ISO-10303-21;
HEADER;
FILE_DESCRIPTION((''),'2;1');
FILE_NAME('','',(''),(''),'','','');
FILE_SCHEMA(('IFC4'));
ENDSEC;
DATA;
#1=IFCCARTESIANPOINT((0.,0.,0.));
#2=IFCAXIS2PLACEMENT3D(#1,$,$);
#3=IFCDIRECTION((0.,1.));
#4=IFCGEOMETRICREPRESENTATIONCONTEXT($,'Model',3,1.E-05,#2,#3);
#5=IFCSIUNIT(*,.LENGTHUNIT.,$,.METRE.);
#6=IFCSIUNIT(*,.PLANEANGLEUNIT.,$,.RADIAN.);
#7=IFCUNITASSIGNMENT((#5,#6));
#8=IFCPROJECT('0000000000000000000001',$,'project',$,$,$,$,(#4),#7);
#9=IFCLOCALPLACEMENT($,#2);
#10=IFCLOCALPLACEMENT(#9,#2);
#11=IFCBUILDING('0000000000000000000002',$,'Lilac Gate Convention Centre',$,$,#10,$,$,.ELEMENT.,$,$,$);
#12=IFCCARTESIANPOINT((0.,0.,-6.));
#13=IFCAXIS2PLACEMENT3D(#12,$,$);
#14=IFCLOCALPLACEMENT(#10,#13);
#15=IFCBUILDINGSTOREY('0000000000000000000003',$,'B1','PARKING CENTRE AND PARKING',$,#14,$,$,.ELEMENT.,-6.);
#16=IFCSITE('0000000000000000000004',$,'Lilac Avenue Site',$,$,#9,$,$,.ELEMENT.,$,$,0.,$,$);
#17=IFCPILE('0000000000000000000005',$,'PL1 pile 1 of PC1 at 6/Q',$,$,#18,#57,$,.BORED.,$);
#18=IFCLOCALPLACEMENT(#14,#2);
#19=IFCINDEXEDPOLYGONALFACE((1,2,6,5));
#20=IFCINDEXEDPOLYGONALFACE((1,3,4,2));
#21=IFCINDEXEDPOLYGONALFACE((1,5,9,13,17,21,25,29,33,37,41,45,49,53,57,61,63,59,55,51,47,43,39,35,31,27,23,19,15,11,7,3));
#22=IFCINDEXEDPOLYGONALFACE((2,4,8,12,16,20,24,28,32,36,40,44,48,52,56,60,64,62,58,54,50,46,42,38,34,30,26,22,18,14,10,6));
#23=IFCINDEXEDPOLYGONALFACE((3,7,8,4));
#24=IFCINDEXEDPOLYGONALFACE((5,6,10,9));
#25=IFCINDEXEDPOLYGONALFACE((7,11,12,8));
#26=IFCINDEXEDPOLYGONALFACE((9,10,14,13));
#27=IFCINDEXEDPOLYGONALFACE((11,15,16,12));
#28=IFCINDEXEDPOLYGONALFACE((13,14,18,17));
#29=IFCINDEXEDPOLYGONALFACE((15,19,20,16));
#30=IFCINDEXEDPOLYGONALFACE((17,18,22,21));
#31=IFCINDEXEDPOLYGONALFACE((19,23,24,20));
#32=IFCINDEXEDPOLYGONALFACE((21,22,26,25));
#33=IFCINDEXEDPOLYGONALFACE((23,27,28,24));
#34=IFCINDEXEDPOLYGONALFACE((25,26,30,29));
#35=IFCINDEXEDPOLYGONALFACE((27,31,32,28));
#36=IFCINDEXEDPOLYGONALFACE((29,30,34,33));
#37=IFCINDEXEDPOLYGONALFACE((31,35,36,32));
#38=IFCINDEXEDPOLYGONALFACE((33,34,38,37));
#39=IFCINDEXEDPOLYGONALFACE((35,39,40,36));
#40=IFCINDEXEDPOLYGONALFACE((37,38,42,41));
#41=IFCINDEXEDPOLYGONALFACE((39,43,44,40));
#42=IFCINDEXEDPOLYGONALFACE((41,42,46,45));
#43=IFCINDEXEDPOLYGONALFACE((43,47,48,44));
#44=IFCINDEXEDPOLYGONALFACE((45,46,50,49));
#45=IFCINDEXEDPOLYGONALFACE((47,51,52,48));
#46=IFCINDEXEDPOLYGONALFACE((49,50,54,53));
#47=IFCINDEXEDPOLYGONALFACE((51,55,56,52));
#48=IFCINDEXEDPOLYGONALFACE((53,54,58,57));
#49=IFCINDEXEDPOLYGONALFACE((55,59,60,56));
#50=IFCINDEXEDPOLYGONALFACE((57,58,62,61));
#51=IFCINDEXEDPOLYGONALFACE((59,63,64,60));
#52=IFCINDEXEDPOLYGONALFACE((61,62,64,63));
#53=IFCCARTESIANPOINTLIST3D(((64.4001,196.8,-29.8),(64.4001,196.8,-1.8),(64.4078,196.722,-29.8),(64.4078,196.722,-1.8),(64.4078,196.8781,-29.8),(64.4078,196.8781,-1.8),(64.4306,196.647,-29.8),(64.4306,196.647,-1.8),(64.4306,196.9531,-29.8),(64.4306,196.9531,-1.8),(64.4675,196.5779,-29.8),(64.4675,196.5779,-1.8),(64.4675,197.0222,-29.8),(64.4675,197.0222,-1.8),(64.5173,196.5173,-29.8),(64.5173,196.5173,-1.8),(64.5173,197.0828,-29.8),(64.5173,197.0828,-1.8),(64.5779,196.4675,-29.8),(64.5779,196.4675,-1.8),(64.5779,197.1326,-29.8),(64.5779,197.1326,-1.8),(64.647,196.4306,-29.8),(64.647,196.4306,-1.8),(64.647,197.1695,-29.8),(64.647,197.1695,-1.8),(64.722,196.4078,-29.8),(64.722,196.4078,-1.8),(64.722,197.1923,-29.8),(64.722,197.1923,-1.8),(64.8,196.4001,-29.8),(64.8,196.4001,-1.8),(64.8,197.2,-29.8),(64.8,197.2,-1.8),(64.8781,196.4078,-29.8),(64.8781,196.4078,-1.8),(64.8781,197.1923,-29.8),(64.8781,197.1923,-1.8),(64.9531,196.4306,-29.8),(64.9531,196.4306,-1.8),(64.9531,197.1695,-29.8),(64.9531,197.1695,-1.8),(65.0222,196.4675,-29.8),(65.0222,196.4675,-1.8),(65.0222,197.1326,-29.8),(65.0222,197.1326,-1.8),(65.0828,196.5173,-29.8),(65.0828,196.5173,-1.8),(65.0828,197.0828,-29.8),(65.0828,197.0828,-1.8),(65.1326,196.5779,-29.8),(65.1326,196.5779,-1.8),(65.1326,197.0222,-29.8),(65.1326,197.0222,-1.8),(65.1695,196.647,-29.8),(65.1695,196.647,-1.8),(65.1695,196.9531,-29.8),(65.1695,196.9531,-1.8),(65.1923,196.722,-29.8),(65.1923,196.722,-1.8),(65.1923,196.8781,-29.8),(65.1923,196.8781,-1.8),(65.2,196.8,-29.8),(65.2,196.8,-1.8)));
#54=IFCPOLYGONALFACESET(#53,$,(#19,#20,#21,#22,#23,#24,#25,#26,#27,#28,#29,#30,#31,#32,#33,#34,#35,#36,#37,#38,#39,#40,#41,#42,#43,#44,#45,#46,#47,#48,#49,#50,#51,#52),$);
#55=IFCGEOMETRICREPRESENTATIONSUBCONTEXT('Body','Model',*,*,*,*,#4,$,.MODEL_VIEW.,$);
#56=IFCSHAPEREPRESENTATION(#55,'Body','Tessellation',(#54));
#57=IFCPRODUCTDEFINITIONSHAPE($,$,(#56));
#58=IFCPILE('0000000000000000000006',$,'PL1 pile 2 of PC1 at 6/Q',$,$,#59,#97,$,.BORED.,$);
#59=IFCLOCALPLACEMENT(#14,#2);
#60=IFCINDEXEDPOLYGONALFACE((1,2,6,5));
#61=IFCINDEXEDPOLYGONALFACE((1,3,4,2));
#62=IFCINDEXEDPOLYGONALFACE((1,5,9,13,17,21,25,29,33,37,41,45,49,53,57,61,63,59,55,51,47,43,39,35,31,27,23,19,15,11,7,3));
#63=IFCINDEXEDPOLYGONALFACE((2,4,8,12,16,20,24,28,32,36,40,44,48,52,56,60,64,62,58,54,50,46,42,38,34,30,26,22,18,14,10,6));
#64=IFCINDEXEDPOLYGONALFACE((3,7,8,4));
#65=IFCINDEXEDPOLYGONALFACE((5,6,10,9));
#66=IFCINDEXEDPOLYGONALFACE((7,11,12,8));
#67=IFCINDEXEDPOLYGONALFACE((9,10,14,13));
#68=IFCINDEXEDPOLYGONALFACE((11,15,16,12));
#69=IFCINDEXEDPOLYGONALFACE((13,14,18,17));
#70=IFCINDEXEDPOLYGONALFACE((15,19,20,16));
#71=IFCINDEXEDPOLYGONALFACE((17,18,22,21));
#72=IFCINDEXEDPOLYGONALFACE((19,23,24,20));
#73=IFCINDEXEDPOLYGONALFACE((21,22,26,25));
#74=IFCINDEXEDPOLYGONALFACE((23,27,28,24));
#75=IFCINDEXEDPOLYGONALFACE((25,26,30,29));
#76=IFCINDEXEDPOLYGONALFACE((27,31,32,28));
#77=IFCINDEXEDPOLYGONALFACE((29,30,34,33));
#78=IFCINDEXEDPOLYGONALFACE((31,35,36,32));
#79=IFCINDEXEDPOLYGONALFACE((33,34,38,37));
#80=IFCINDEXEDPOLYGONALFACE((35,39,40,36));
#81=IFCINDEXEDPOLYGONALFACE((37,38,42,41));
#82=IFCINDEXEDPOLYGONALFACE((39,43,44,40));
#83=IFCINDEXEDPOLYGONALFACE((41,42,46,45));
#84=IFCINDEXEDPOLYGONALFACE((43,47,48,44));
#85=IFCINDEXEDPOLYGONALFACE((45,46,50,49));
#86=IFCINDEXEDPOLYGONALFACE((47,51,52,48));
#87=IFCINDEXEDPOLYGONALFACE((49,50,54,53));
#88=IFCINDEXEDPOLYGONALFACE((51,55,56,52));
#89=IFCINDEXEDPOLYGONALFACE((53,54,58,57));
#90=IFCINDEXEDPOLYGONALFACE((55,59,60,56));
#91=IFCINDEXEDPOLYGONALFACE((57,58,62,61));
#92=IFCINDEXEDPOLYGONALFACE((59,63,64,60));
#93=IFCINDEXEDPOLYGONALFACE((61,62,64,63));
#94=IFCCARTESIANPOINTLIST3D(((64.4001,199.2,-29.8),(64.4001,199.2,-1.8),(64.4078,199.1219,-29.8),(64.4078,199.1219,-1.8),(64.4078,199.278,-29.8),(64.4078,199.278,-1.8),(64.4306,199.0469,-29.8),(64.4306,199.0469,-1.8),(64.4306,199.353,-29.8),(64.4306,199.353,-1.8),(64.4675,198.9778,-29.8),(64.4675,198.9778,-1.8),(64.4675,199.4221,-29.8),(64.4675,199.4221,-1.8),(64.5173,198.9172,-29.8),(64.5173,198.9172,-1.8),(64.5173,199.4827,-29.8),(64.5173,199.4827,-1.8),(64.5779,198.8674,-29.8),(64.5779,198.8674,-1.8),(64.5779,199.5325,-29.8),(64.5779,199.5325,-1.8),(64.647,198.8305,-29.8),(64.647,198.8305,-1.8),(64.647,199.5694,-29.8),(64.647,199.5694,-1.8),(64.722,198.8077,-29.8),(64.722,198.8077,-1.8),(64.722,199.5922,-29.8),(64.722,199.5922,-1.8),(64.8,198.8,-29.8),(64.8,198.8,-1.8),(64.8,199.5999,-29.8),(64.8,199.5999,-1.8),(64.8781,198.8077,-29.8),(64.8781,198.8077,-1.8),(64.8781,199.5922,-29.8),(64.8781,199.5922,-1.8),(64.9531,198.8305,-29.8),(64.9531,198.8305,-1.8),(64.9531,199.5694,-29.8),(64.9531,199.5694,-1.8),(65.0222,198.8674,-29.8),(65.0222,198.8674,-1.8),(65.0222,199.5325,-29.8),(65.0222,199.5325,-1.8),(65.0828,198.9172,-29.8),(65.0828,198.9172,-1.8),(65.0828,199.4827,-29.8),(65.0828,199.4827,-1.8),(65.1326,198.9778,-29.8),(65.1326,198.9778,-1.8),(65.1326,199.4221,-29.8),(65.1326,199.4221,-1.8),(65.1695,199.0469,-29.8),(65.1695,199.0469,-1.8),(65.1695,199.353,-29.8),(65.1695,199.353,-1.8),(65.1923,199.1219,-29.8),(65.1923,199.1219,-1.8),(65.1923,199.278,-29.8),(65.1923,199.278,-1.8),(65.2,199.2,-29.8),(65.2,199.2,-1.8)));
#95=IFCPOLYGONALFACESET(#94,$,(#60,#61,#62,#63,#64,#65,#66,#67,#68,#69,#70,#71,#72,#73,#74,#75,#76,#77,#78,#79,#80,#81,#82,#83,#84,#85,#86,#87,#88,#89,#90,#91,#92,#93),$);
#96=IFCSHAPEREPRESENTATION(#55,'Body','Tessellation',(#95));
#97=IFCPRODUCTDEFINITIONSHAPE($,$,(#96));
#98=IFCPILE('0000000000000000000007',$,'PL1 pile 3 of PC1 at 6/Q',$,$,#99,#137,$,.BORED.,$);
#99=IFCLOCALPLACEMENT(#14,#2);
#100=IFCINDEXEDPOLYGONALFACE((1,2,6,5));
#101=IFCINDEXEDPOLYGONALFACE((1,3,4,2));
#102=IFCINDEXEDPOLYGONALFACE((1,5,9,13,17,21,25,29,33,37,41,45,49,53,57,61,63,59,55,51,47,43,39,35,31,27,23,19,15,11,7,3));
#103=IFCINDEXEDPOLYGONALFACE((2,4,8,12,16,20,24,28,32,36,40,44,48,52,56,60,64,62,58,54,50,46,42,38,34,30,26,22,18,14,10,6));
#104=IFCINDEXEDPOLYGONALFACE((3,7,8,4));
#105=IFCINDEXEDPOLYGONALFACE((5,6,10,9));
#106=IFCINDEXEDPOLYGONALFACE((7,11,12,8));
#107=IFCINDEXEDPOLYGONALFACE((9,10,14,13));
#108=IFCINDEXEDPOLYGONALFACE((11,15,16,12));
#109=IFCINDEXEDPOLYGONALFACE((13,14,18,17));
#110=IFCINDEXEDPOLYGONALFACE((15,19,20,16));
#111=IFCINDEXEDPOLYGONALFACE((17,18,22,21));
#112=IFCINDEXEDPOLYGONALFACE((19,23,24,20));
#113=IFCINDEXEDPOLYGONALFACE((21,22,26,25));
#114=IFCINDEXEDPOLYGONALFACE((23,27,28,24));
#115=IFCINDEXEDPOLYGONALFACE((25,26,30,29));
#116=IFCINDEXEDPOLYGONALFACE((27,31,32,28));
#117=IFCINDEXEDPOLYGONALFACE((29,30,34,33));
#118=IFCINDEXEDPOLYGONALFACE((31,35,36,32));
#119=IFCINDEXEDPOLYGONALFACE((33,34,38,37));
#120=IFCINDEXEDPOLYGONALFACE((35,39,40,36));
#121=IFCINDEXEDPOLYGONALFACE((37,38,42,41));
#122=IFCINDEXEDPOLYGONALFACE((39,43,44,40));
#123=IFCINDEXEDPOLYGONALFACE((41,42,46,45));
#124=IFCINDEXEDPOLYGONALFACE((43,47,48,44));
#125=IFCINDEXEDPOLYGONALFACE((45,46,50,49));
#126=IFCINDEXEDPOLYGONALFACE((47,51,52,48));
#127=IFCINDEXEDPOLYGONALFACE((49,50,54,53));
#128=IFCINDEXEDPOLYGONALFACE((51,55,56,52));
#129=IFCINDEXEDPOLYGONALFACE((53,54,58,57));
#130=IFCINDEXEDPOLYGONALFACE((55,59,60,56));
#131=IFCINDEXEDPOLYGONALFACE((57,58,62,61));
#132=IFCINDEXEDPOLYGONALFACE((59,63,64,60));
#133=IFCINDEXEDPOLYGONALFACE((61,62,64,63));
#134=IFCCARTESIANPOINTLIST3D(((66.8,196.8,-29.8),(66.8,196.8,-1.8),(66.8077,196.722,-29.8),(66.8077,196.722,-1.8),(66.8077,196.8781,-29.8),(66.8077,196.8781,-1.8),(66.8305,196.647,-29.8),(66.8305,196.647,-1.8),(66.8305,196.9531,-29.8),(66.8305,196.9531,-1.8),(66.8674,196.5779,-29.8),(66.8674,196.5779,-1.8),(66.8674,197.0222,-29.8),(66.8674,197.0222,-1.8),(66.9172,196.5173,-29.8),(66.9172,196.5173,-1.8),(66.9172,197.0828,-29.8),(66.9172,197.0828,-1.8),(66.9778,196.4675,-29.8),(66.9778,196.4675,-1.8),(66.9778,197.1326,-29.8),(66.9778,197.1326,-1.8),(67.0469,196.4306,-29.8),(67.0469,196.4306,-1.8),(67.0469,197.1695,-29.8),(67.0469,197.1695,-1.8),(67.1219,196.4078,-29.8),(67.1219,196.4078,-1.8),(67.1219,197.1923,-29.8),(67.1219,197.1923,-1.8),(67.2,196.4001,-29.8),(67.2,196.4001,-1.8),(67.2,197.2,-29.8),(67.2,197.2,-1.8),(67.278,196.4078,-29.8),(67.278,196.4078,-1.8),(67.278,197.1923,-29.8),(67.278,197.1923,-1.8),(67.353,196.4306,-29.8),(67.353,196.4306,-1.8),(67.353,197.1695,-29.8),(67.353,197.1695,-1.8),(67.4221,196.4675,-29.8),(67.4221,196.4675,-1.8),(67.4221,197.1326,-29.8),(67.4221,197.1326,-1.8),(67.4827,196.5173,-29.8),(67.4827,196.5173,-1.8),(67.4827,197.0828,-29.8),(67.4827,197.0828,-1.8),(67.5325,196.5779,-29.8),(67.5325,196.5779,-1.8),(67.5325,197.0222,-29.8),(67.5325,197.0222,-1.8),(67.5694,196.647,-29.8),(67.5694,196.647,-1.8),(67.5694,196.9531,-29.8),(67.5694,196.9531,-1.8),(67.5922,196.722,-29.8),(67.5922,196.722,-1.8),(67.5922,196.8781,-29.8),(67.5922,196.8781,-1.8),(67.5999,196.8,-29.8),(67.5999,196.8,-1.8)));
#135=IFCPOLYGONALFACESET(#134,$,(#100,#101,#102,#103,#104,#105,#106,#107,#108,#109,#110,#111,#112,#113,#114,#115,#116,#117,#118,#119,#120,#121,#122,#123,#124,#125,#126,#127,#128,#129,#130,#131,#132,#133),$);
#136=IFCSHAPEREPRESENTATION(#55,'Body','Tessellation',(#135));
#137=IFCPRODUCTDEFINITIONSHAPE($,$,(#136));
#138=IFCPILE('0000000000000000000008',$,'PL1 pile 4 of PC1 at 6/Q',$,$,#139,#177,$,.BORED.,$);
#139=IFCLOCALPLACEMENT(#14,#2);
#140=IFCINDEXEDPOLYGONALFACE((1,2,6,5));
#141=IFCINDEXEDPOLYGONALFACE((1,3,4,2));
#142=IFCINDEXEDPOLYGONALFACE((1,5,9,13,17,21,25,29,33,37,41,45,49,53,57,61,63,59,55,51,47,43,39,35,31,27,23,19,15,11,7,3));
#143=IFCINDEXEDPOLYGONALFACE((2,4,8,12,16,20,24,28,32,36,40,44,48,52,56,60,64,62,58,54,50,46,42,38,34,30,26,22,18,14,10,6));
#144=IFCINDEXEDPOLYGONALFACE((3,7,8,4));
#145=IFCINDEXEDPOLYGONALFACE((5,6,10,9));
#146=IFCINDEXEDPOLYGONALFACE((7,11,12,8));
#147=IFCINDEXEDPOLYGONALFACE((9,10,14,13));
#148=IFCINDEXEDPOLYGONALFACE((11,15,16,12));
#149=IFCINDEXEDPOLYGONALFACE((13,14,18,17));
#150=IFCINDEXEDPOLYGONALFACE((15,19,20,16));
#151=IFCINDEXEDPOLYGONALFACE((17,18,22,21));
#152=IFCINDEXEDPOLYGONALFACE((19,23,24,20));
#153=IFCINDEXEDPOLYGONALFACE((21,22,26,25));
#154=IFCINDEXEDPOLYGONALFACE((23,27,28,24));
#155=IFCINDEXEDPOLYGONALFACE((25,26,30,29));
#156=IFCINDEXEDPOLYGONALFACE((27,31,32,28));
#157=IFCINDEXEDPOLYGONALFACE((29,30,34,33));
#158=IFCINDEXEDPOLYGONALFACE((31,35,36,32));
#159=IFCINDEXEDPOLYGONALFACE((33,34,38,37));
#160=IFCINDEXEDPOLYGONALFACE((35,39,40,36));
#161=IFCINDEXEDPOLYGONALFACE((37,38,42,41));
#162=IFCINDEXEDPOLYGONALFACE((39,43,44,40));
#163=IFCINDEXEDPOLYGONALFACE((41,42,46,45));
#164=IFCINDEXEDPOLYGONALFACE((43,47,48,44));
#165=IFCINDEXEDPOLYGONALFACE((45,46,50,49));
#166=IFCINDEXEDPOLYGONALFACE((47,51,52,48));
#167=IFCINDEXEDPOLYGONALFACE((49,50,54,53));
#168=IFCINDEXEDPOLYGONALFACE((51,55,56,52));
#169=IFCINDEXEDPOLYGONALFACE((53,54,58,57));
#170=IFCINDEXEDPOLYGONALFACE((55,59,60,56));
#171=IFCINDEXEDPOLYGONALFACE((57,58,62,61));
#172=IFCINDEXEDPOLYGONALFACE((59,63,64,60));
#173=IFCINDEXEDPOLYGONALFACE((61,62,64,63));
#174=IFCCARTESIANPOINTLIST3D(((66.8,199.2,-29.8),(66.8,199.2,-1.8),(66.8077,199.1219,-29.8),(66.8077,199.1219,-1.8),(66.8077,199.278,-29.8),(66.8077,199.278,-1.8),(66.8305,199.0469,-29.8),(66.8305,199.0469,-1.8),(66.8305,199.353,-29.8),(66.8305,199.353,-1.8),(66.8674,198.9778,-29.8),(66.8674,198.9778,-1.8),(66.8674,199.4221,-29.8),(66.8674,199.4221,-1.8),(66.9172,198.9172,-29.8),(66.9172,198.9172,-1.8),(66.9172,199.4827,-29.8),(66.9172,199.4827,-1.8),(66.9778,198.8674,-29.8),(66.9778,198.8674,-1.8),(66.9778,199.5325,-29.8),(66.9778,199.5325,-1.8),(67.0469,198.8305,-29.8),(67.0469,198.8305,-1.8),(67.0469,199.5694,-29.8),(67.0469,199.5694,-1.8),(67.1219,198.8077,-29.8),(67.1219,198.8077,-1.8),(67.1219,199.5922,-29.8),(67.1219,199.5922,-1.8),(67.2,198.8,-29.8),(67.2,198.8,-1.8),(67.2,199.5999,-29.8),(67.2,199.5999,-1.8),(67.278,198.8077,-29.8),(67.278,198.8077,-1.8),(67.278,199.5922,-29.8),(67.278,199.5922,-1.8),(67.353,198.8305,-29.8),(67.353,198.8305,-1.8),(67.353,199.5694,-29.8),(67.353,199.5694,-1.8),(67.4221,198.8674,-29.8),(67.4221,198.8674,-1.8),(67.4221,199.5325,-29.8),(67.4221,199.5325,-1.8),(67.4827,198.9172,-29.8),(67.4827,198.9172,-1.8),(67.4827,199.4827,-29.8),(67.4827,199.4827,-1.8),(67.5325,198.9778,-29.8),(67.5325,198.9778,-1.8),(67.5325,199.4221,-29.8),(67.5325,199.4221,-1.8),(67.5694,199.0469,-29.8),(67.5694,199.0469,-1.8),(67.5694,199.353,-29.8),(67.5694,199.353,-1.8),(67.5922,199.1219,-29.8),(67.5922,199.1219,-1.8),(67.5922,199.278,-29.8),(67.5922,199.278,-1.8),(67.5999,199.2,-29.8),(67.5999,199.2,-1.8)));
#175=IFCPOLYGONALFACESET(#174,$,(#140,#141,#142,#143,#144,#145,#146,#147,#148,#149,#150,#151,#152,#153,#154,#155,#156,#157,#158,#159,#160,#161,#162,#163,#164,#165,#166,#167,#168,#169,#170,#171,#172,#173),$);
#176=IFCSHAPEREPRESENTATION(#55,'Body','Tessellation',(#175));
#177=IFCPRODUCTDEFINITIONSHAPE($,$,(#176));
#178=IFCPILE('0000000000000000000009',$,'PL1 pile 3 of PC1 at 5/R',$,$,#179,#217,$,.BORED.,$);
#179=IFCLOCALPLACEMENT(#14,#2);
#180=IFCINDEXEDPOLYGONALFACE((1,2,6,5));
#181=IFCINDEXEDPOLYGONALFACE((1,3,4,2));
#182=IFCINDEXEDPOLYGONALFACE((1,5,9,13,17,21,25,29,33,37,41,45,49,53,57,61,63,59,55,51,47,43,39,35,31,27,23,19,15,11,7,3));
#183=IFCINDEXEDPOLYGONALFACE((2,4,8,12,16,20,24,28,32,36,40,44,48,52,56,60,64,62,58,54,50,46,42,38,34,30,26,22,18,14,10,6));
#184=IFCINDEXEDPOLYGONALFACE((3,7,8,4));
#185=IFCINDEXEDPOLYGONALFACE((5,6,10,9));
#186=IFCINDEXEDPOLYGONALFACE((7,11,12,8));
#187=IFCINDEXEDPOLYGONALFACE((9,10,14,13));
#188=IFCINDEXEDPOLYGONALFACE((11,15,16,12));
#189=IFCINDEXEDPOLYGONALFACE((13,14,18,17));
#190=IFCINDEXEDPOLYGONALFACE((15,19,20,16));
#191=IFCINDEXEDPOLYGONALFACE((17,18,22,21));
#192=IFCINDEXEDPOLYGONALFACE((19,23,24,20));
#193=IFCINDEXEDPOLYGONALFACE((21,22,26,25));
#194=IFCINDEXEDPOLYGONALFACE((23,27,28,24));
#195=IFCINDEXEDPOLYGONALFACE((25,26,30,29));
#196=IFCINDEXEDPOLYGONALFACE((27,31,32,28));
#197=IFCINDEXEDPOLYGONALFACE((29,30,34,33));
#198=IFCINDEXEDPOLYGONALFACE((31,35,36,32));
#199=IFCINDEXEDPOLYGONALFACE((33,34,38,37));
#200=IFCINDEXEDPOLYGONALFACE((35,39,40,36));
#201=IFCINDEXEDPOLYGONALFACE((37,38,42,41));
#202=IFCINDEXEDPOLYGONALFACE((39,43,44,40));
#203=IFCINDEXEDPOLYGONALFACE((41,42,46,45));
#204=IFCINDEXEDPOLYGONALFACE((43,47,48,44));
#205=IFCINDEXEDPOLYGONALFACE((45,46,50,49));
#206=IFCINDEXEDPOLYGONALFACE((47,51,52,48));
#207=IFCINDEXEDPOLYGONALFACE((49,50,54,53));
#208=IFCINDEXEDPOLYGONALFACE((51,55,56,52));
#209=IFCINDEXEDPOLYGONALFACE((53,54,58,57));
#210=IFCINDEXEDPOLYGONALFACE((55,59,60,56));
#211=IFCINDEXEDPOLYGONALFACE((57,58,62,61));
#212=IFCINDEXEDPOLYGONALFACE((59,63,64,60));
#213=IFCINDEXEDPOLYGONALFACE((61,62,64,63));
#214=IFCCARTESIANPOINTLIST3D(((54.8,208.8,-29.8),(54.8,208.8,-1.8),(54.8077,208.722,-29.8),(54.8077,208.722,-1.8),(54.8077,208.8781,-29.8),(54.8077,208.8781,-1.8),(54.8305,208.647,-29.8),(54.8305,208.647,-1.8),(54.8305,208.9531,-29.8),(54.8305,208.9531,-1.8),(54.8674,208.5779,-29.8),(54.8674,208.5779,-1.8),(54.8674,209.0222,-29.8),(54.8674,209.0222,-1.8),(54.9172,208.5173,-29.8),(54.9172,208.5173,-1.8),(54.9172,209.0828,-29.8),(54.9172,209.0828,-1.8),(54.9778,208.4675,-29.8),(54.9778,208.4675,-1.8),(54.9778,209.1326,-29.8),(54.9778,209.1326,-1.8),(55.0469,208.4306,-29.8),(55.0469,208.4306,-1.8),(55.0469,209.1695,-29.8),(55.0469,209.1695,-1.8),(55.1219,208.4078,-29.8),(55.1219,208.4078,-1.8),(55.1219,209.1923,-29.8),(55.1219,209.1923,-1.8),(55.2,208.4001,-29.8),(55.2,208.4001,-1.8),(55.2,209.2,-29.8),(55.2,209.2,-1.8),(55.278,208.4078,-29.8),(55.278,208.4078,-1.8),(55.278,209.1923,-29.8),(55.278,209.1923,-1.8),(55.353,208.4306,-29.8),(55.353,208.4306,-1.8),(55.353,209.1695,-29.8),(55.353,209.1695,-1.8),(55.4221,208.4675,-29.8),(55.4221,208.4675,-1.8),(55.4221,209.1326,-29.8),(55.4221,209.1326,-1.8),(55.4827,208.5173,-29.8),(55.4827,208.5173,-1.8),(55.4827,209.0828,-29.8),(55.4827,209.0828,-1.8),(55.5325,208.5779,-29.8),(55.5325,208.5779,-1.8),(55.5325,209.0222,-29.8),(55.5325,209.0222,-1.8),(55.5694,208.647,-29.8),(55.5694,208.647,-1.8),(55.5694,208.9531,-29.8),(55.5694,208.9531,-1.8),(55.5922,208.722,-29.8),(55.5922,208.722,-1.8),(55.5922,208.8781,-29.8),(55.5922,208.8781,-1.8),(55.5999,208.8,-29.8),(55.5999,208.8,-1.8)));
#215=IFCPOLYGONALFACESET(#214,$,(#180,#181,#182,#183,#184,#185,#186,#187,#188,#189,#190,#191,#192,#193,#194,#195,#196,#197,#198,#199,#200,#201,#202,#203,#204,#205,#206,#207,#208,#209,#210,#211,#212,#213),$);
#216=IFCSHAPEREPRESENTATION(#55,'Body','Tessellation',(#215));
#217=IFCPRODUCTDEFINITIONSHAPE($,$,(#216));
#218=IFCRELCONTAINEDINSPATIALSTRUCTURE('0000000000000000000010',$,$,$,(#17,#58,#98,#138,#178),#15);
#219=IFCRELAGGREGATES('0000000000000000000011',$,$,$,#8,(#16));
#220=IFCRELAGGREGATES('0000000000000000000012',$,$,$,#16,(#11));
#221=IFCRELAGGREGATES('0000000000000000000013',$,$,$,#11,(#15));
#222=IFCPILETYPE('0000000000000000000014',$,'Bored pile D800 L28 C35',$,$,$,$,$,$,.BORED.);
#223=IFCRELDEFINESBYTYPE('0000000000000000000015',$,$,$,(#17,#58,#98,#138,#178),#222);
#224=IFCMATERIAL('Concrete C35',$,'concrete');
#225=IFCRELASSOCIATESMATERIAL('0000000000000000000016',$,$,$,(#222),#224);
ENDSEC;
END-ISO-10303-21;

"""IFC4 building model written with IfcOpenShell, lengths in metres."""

from ifc_helpers import new_model, si_unit, direction, frame, origin, origin_2d, place, context, subcontext, project, spatial, circle, extrude, material, material_profile, profile_set, type_object, element, save


model = new_model("IFC4")

# Units and contexts
model_context = context("Model", 3, precision=1e-05, world=origin(), true_north=direction((0.0, 1.0)))
body_context = subcontext(model_context, "Body", "Model", "MODEL_VIEW")
ifc_project = project(units=[si_unit("LENGTHUNIT", "METRE"), si_unit("PLANEANGLEUNIT", "RADIAN")], contexts=[model_context])

# Site, building, storey
site_placement = place(None, origin())
site = spatial("IfcSite", under=ifc_project, at=site_placement, Name="Lilac Avenue Site", CompositionType="ELEMENT", RefElevation=0.0)
building_placement = place(site_placement, origin())
building = spatial("IfcBuilding", under=site, at=building_placement, Name="Lilac Gate Convention Centre", CompositionType="ELEMENT")
storey_placement = place(building_placement, frame((0.0, 0.0, -6.0)))
storey = spatial("IfcBuildingStorey", under=building, at=storey_placement, Name="B1", Description="PARKING CENTRE AND PARKING", CompositionType="ELEMENT", Elevation=-6.0)

# Piles
ifc_material_1 = material(Name="Concrete C35", Category="concrete")
ifc_material_profile_1 = material_profile(ifc_material_1, circle(Radius=0.3999, at=origin_2d()), Name="D800")
ifc_profile_set_1 = profile_set([ifc_material_profile_1], Name="Concrete C35")
pile_type = type_object("IfcPileType", Name="Bored pile D800 L28 C35", PredefinedType="BORED", material=ifc_profile_set_1)
for number, where, z_axis, x_axis, name in (
    (1, (64.8, 196.8, -1.8), (0.0, 0.0, -1.0), (1.0, 0.0, 0.0), "PL1 pile 1 of PC1 at 6/Q"),
    (2, (64.8, 199.2, -1.8), (0.0, 0.0, -1.0), (1.0, 0.0, 0.0), "PL1 pile 2 of PC1 at 6/Q"),
    (3, (67.2, 196.8, -1.8), (0.0, 0.0, -1.0), (1.0, 0.0, 0.0), "PL1 pile 3 of PC1 at 6/Q"),
    (4, (67.2, 199.2, -1.8), (0.0, 0.0, -1.0), (1.0, 0.0, 0.0), "PL1 pile 4 of PC1 at 6/Q"),
    (5, (55.2, 208.8, -1.8), (0.0, 0.0, -1.0), (1.0, 0.0, 0.0), "PL1 pile 3 of PC1 at 5/R"),
):
    element("IfcPile", number, at=place(storey_placement, frame(where, z_axis=z_axis, x_axis=x_axis)), inside=storey, type_object=pile_type, Name=name, PredefinedType="BORED", context=body_context, shape_type="SweptSolid", body=[
        extrude(circle(Radius=0.3999, at=origin_2d()), origin(), (0.0, 0.0, 1.0), 28.0),
    ])

save(model, "model.ifc")
